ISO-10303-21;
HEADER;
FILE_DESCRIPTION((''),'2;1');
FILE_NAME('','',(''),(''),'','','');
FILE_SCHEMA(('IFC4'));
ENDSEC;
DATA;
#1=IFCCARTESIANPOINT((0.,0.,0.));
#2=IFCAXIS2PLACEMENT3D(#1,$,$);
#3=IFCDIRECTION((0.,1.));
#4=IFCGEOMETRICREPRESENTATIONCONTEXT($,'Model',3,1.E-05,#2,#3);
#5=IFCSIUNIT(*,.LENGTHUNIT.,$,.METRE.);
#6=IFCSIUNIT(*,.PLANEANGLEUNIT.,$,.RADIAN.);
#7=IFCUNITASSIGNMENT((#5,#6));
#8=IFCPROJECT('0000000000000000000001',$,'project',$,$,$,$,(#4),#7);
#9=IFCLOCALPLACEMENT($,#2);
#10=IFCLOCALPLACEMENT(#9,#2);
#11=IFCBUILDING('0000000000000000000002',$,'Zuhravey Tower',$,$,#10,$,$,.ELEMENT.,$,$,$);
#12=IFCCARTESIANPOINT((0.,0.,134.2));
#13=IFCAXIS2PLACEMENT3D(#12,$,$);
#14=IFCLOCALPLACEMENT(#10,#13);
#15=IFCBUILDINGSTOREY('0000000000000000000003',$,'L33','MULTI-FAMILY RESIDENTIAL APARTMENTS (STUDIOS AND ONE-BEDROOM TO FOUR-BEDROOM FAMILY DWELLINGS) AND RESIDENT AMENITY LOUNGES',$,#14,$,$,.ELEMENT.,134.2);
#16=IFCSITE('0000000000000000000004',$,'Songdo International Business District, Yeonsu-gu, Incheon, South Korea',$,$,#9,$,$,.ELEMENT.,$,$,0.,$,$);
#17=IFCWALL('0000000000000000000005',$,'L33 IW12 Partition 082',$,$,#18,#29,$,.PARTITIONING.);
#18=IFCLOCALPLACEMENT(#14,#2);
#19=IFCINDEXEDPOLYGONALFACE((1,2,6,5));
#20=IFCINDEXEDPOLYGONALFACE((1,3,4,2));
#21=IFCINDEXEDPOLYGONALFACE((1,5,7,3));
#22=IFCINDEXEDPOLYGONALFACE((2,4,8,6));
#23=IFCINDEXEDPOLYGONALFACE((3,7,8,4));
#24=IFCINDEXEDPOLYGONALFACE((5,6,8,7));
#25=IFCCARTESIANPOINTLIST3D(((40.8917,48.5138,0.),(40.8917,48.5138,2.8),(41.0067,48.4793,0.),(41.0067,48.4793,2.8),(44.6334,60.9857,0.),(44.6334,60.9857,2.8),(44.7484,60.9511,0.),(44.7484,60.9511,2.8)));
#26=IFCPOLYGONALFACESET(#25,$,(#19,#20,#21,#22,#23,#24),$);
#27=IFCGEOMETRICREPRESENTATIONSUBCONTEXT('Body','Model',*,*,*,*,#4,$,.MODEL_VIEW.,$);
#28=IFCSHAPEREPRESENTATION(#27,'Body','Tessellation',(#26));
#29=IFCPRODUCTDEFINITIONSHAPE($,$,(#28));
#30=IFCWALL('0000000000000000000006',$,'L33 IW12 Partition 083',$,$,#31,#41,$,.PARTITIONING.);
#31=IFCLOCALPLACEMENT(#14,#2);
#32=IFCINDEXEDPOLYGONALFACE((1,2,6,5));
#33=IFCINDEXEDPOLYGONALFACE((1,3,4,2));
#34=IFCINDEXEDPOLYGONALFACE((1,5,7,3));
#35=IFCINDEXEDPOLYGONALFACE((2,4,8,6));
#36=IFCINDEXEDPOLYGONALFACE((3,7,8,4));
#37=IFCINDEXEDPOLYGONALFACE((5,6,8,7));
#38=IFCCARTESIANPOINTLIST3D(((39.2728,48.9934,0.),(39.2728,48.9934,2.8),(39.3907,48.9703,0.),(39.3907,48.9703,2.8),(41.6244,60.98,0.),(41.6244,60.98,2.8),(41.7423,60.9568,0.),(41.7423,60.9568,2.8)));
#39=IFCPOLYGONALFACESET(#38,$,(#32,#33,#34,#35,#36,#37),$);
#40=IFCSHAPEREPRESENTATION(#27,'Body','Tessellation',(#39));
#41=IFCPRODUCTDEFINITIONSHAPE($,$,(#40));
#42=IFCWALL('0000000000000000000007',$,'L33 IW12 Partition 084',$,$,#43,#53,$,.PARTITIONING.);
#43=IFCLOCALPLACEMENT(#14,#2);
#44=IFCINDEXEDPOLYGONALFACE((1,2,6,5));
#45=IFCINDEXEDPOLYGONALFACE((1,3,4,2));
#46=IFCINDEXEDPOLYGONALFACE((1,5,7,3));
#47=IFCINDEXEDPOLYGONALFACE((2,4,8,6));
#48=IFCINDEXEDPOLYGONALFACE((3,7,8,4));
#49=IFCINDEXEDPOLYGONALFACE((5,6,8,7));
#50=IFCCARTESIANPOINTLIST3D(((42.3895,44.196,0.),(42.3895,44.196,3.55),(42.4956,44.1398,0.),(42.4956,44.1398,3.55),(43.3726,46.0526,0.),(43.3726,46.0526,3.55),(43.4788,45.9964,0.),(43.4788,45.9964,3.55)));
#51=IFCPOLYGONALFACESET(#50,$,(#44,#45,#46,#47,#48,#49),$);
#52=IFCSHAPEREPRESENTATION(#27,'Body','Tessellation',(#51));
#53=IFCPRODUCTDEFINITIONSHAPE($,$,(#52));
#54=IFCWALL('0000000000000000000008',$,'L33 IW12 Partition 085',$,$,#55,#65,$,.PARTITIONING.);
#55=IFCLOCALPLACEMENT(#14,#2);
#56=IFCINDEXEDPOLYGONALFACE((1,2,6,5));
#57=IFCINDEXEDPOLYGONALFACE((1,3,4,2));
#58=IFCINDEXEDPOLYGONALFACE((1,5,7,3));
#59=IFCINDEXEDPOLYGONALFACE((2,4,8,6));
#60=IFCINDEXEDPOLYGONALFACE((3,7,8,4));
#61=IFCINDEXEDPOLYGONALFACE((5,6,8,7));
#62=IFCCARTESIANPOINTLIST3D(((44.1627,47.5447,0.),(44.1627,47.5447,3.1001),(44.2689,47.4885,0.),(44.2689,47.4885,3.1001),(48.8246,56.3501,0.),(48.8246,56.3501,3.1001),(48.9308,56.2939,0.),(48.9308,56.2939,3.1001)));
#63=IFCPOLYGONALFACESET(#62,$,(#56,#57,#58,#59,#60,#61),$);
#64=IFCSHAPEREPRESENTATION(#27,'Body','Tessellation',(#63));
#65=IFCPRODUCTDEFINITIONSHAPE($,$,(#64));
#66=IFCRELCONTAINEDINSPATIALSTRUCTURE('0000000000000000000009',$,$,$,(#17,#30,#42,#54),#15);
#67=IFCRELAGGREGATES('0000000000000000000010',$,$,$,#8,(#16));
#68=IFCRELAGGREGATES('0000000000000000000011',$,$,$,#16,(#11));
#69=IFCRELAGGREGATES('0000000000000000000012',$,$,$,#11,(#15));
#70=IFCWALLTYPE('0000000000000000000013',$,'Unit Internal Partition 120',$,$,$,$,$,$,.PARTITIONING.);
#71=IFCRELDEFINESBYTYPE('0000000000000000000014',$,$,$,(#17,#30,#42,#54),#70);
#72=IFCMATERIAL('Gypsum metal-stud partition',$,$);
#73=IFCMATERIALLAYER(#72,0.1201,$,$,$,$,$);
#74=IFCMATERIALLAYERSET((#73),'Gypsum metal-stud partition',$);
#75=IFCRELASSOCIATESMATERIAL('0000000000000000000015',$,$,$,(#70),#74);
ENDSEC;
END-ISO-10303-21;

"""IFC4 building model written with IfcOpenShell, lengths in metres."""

from ifc_helpers import new_model, si_unit, direction, frame, frame_2d, origin, place, context, subcontext, project, spatial, rectangle, extrude, material, layer, layer_set, type_object, element, save


model = new_model("IFC4")

# Units and contexts
model_context = context("Model", 3, precision=1e-05, world=origin(), true_north=direction((0.0, 1.0)))
body_context = subcontext(model_context, "Body", "Model", "MODEL_VIEW")
ifc_project = project(units=[si_unit("LENGTHUNIT", "METRE"), si_unit("PLANEANGLEUNIT", "RADIAN")], contexts=[model_context])

# Site, building, storey
site_placement = place(None, origin())
site = spatial("IfcSite", under=ifc_project, at=site_placement, Name="Songdo International Business District, Yeonsu-gu, Incheon, South Korea", CompositionType="ELEMENT", RefElevation=0.0)
building_placement = place(site_placement, origin())
building = spatial("IfcBuilding", under=site, at=building_placement, Name="Zuhravey Tower", CompositionType="ELEMENT")
storey_placement = place(building_placement, frame((0.0, 0.0, 134.2)))
storey = spatial("IfcBuildingStorey", under=building, at=storey_placement, Name="L33", Description="MULTI-FAMILY RESIDENTIAL APARTMENTS (STUDIOS AND ONE-BEDROOM TO FOUR-BEDROOM FAMILY DWELLINGS) AND RESIDENT AMENITY LOUNGES", CompositionType="ELEMENT", Elevation=134.2)

# Shared definitions
ifc_material_1 = material(Name="Gypsum metal-stud partition")
ifc_layer_1 = layer(ifc_material_1, 0.1201)
ifc_layer_set_1 = layer_set([ifc_layer_1], Name="Gypsum metal-stud partition")
wall_type_1 = type_object("IfcWallType", Name="Unit Internal Partition 120", PredefinedType="PARTITIONING", material=ifc_layer_set_1)

# Walls
wall_1_placement = place(storey_placement, frame((40.9492, 48.4966, 0.0), z_axis=(0.0, 0.0, 1.0), x_axis=(0.287356, 0.957824, 0.0)))
element("IfcWall", 1, at=wall_1_placement, inside=storey, type_object=wall_type_1, Name="L33 IW12 Partition 082", PredefinedType="PARTITIONING", context=body_context, shape_type="SweptSolid", body=[
    extrude(rectangle(XDim=13.021, YDim=0.1201, at=frame_2d((6.5105, 0.0))), origin(), (0.0, 0.0, 1.0), 2.8),
])
wall_2_placement = place(storey_placement, frame((39.3318, 48.9819, 0.0), z_axis=(0.0, 0.0, 1.0), x_axis=(0.192513, 0.981294, 0.0)))
element("IfcWall", 2, at=wall_2_placement, inside=storey, type_object=wall_type_1, Name="L33 IW12 Partition 083", PredefinedType="PARTITIONING", context=body_context, shape_type="SweptSolid", body=[
    extrude(rectangle(XDim=12.2151, YDim=0.1201, at=frame_2d((6.1074, 0.0))), origin(), (0.0, 0.0, 1.0), 2.8),
])
wall_3_placement = place(storey_placement, frame((42.4426, 44.168, 0.0), z_axis=(0.0, 0.0, 1.0), x_axis=(0.467962, 0.883748, 0.0)))
element("IfcWall", 3, at=wall_3_placement, inside=storey, type_object=wall_type_1, Name="L33 IW12 Partition 084", PredefinedType="PARTITIONING", context=body_context, shape_type="SweptSolid", body=[
    extrude(rectangle(XDim=2.1008, YDim=0.1201, at=frame_2d((1.0503, 0.0))), origin(), (0.0, 0.0, 1.0), 3.55),
])
wall_4_placement = place(storey_placement, frame((44.2158, 47.5166, 0.0), z_axis=(0.0, 0.0, 1.0), x_axis=(0.467901, 0.883781, 0.0)))
element("IfcWall", 4, at=wall_4_placement, inside=storey, type_object=wall_type_1, Name="L33 IW12 Partition 085", PredefinedType="PARTITIONING", context=body_context, shape_type="SweptSolid", body=[
    extrude(rectangle(XDim=9.9634, YDim=0.1201, at=frame_2d((4.9817, 0.0))), origin(), (0.0, 0.0, 1.0), 3.1001),
])

save(model, "model.ifc")
